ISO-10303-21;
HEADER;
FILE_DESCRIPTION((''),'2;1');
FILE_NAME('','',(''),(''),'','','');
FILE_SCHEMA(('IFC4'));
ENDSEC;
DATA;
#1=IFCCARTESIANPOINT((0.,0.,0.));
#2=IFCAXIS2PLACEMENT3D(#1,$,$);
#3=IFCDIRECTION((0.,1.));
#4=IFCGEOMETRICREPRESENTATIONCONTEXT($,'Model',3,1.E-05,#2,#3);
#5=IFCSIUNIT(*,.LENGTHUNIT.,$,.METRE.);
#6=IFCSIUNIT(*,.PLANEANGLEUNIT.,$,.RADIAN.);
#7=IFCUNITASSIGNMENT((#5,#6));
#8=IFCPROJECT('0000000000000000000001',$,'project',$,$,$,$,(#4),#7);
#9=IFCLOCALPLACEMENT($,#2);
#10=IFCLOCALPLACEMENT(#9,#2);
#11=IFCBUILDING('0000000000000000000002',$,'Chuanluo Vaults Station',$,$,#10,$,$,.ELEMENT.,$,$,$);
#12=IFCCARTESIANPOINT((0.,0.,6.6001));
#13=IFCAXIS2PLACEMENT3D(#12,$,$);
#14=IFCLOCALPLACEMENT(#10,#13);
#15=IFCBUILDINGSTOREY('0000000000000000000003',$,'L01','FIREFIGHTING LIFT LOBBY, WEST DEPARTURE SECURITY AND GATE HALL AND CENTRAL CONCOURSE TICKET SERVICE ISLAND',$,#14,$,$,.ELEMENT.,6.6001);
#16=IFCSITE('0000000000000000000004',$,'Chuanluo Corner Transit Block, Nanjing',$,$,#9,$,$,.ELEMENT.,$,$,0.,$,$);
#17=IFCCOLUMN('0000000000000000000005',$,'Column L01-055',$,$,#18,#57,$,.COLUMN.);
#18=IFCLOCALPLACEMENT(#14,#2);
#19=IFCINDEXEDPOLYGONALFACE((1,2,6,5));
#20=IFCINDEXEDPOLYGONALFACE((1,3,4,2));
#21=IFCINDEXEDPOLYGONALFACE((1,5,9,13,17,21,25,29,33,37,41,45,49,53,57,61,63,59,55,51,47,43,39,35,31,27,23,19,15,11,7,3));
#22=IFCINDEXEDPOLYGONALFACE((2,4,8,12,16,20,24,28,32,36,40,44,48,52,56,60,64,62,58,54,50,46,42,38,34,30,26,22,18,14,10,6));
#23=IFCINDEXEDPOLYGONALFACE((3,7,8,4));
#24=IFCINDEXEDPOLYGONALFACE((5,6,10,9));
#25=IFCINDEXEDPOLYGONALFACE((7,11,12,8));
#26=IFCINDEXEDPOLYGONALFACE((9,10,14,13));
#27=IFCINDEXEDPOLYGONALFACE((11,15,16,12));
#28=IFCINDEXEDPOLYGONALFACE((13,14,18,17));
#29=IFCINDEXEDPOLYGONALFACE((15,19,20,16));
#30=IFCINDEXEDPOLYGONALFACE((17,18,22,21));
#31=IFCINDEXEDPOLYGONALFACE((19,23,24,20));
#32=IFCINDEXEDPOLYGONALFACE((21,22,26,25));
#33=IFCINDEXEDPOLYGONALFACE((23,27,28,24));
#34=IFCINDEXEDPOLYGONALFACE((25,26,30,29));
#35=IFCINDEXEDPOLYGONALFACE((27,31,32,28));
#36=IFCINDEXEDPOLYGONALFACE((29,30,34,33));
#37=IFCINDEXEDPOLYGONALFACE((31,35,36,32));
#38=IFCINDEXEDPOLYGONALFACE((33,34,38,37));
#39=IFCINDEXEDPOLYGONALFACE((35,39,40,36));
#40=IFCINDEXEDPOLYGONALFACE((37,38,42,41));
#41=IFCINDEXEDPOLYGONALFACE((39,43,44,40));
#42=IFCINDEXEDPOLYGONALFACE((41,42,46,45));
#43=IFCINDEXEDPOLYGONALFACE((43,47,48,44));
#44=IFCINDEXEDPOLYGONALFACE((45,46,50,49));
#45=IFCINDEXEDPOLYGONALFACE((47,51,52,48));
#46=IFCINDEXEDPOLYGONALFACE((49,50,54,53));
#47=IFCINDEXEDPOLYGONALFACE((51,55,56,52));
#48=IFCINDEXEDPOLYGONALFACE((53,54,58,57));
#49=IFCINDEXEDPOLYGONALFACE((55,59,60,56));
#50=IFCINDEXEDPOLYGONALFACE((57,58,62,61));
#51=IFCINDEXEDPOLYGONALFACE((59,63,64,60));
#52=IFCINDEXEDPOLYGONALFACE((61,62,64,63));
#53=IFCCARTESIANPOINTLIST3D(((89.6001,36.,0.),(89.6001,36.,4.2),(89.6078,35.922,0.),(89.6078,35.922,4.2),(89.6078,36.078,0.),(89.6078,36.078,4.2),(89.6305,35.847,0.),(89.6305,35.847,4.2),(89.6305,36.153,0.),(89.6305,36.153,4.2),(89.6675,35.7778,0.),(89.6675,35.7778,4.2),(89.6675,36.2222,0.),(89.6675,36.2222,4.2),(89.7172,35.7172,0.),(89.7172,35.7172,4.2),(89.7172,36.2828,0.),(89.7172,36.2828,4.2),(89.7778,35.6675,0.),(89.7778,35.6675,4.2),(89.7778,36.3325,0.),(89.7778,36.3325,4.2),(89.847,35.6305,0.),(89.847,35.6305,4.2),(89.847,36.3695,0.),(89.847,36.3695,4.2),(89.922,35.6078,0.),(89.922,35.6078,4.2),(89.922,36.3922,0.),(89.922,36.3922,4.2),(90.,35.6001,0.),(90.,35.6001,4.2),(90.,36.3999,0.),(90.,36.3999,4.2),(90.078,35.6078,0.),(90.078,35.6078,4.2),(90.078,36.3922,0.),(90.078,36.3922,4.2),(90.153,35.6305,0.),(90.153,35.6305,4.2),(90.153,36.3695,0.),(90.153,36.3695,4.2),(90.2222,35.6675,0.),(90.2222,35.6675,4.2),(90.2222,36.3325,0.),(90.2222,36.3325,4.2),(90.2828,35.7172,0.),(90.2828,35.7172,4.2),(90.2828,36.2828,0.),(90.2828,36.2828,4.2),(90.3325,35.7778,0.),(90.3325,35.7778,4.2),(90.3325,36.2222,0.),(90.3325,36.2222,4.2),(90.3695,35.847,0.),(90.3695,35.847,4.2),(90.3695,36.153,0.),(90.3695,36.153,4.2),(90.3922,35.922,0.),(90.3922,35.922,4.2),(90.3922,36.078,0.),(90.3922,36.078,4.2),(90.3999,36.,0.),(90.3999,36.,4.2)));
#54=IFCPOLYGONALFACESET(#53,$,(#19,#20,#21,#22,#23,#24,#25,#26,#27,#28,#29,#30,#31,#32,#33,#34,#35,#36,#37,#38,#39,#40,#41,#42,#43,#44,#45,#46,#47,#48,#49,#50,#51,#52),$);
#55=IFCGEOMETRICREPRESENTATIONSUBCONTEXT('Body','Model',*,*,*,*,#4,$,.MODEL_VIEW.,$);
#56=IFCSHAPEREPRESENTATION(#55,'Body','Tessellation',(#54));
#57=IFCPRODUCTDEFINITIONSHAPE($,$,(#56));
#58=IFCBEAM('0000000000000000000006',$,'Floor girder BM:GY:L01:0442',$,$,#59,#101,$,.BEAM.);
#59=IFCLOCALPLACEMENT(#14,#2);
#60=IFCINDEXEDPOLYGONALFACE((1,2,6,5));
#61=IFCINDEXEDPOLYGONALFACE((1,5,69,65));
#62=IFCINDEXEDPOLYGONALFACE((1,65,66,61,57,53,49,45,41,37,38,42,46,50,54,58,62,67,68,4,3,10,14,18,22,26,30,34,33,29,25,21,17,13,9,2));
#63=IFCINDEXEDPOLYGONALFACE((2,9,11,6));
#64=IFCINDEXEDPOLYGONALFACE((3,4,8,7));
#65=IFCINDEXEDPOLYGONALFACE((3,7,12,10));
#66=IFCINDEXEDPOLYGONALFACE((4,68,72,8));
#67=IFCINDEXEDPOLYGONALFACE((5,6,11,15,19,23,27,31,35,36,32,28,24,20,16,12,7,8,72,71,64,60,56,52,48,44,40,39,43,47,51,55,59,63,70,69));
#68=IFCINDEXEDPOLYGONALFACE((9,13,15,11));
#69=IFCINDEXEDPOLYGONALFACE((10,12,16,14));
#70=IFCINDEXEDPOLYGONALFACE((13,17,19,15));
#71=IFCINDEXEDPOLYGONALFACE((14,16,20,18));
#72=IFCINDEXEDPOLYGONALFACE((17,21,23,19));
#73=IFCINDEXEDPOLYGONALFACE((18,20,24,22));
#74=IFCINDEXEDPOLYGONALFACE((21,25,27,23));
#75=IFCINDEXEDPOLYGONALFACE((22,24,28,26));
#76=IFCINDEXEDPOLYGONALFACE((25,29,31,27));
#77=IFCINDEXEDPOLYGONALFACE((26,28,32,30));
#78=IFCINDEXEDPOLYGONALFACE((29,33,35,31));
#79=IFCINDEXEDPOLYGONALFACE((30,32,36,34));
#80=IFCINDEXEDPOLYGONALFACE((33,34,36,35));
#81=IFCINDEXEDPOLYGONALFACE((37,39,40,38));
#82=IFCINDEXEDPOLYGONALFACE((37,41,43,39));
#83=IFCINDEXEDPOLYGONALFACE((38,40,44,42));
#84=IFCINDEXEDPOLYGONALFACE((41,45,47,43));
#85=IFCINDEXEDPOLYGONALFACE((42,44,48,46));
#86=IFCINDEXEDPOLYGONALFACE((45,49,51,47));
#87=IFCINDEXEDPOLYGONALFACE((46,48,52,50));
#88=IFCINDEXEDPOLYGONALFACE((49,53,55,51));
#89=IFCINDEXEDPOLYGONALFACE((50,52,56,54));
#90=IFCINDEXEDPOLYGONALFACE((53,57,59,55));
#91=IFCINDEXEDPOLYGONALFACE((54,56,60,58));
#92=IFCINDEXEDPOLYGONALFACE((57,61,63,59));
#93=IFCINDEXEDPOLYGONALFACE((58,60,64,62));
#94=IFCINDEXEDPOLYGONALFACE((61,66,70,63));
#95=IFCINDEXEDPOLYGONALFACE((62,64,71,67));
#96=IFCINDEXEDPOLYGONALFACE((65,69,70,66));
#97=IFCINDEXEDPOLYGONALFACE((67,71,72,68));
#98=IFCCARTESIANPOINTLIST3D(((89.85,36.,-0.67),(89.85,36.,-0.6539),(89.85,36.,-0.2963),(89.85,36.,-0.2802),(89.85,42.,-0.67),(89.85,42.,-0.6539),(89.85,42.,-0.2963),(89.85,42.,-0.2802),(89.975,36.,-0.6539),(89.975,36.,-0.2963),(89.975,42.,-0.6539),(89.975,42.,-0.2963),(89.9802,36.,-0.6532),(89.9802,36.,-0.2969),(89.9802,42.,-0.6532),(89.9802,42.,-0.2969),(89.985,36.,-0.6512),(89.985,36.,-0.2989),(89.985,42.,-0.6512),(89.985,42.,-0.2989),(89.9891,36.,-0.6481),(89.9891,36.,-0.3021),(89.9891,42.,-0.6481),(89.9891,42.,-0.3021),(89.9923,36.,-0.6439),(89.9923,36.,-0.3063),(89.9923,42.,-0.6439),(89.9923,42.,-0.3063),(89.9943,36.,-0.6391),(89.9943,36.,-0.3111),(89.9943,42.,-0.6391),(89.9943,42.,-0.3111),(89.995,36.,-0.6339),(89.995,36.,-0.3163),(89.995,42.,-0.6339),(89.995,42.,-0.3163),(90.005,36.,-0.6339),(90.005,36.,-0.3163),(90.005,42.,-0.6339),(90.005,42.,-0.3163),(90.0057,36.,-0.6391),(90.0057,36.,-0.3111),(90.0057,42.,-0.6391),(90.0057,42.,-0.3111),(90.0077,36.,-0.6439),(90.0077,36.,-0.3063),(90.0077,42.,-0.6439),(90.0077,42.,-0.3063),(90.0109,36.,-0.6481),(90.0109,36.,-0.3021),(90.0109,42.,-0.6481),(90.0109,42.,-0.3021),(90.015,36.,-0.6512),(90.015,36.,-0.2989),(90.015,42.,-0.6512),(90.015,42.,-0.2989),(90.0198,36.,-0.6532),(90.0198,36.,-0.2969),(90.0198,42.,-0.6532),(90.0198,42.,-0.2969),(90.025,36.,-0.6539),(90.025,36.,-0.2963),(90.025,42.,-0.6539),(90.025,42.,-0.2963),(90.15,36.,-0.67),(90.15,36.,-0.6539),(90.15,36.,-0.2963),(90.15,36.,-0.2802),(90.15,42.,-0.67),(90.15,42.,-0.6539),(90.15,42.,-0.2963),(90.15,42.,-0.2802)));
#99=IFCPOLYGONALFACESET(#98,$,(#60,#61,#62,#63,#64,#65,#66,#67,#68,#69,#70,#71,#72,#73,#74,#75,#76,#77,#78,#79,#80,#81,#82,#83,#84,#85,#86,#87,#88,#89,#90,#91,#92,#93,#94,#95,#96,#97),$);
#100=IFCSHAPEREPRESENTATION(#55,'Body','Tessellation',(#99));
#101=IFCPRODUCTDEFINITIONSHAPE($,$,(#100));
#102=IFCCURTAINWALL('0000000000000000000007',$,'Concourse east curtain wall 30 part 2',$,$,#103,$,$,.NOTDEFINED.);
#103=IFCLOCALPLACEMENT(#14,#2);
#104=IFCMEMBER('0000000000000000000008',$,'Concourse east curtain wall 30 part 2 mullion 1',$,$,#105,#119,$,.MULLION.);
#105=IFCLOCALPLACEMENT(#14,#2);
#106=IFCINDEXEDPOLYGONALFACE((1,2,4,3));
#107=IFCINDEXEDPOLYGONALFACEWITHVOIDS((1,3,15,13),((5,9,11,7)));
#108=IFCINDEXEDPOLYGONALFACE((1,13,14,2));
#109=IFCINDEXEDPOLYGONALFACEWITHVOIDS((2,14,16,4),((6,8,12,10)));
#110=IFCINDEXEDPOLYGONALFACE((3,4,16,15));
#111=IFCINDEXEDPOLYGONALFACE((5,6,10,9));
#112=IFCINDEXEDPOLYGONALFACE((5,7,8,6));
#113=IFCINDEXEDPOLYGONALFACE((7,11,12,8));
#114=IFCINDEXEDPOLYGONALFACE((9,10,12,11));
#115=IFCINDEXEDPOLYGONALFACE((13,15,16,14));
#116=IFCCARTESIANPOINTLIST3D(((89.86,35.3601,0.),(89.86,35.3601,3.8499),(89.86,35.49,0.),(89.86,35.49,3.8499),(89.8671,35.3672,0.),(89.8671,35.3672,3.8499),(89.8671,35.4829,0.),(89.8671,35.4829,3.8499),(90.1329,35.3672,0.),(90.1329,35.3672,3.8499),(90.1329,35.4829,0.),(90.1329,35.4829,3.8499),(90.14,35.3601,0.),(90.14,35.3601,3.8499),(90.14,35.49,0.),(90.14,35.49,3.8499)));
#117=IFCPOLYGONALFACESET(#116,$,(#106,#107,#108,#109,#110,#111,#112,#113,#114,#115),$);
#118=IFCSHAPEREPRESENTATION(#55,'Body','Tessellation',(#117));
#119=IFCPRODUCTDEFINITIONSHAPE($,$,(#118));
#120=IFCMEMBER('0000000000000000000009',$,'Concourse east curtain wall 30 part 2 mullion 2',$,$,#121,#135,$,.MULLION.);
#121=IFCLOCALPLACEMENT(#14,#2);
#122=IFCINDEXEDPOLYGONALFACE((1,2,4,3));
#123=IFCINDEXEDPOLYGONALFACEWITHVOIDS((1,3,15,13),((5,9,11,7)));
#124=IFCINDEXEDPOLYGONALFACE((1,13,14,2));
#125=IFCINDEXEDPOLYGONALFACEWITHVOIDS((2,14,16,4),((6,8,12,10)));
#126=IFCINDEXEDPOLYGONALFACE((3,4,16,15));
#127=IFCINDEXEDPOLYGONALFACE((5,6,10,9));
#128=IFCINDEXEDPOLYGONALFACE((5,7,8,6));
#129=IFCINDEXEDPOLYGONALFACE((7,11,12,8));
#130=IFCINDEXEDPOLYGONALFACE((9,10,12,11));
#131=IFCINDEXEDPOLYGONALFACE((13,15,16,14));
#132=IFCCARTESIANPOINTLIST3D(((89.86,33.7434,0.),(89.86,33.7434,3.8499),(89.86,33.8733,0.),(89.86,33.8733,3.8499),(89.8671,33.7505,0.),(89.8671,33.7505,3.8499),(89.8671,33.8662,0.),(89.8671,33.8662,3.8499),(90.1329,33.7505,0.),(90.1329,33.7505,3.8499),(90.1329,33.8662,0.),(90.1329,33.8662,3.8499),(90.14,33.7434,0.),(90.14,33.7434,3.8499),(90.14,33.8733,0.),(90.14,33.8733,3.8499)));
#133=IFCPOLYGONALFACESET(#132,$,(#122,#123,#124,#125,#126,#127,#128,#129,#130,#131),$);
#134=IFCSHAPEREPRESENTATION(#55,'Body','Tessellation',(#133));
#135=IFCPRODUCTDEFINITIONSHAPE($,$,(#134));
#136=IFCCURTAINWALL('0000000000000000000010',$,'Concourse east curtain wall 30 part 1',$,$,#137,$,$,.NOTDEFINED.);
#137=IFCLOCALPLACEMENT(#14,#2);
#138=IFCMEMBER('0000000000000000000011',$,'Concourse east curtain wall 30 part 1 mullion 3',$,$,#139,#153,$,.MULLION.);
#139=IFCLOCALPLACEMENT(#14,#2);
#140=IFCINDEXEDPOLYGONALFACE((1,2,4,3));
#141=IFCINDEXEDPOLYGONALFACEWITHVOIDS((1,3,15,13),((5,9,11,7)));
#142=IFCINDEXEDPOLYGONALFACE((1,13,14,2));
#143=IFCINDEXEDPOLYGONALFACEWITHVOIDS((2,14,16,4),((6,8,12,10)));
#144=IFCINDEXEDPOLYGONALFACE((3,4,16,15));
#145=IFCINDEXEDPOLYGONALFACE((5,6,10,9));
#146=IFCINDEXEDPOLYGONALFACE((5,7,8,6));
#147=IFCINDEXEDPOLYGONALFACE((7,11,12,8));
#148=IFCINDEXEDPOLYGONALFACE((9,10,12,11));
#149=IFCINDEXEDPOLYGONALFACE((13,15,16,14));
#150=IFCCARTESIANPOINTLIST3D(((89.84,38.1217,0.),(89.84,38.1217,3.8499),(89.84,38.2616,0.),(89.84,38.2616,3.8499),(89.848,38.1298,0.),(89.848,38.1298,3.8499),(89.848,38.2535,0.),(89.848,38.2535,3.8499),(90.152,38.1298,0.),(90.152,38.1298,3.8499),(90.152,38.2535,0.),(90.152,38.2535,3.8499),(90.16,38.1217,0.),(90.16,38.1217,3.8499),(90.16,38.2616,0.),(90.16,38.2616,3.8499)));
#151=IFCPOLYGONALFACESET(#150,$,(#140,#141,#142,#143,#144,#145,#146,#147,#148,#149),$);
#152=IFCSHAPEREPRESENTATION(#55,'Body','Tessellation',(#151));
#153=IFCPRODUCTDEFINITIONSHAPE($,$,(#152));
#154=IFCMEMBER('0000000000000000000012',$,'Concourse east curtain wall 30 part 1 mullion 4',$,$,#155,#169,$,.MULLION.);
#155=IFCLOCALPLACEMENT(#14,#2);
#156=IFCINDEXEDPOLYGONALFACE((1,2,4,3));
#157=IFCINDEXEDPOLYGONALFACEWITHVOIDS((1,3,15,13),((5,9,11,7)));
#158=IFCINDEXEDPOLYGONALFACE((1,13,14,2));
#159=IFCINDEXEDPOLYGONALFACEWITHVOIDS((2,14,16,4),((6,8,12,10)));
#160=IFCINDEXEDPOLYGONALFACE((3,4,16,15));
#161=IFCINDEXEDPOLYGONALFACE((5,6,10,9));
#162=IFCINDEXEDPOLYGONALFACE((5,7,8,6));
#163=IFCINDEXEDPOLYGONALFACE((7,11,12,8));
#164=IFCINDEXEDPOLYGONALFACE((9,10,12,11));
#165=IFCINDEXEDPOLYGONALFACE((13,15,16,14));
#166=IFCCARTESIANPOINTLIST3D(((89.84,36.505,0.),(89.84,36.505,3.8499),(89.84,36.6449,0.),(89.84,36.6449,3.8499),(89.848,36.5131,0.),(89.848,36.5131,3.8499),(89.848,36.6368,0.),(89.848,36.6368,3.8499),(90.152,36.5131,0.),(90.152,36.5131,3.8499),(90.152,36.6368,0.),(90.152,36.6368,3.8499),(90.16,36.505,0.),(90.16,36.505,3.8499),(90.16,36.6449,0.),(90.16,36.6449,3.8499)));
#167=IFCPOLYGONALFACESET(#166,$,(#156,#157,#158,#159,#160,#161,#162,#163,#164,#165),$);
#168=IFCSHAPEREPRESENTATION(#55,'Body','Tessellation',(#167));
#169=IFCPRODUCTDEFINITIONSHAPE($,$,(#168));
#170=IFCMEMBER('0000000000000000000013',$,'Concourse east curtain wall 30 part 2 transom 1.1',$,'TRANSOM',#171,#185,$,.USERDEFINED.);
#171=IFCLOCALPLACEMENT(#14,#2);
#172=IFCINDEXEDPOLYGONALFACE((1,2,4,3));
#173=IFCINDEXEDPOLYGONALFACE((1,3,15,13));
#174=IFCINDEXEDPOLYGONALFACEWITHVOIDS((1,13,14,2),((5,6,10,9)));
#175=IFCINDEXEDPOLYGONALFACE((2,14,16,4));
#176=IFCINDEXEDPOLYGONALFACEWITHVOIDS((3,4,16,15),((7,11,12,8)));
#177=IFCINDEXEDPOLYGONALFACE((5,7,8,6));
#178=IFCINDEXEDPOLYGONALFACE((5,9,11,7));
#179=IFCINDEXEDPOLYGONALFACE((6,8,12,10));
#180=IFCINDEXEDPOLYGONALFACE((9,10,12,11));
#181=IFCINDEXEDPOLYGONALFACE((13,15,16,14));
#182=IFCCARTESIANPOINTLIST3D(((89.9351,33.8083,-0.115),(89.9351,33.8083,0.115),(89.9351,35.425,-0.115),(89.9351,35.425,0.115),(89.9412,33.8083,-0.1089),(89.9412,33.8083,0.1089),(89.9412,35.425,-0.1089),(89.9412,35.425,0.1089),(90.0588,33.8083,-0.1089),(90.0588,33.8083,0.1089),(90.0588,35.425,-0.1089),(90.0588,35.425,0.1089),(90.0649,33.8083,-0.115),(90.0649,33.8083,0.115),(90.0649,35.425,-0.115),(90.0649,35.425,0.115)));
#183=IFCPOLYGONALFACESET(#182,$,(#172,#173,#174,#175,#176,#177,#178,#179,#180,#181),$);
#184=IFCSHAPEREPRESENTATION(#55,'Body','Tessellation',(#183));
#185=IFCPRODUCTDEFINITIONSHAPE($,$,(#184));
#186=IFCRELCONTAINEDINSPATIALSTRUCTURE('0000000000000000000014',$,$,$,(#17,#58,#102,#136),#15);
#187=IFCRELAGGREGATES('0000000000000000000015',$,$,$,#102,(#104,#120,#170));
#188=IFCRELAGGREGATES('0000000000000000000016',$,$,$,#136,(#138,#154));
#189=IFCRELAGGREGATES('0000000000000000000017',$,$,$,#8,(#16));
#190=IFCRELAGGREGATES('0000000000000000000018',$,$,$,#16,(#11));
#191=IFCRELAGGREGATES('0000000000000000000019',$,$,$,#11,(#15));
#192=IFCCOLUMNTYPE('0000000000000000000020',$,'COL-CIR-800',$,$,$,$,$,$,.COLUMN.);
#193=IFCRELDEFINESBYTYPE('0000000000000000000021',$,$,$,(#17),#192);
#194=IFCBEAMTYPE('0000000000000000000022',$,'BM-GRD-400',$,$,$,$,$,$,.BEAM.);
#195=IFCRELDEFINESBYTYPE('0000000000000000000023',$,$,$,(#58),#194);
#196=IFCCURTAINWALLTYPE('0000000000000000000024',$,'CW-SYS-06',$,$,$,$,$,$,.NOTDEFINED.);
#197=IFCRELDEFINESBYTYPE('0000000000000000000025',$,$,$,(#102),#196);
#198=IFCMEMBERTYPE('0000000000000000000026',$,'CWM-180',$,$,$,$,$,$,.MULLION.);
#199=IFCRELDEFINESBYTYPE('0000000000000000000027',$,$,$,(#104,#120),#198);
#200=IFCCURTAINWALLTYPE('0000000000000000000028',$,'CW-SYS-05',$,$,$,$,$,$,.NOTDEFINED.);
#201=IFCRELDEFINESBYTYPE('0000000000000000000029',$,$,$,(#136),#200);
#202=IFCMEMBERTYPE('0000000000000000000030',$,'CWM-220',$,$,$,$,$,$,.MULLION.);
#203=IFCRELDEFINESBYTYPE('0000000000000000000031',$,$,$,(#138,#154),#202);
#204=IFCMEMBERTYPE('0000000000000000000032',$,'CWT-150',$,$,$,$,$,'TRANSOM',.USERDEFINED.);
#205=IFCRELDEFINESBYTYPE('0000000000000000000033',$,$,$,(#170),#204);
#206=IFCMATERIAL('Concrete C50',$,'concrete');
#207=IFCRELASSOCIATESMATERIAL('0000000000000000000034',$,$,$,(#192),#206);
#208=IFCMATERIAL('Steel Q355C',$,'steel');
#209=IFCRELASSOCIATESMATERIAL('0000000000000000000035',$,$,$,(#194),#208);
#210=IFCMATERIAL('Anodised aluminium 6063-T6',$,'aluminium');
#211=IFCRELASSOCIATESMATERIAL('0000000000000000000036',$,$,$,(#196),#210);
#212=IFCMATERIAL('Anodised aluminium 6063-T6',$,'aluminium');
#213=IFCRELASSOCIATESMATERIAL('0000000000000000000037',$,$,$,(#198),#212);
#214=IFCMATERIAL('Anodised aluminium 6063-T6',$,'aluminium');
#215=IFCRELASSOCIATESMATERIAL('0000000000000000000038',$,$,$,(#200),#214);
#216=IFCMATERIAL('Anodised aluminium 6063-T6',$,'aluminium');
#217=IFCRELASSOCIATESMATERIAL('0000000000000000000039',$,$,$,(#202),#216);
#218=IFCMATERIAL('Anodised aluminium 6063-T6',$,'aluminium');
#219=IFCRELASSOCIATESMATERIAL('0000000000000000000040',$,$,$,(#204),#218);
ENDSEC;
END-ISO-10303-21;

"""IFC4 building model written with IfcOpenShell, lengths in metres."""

from ifc_helpers import new_model, si_unit, direction, frame, origin, origin_2d, place, context, subcontext, project, spatial, hollow_rectangle, circle, i_section, extrude, material, material_profile, profile_set, type_object, element, aggregate, save


model = new_model("IFC4")

# Units and contexts
model_context = context("Model", 3, precision=1e-05, world=origin(), true_north=direction((0.0, 1.0)))
body_context = subcontext(model_context, "Body", "Model", "MODEL_VIEW")
ifc_project = project(units=[si_unit("LENGTHUNIT", "METRE"), si_unit("PLANEANGLEUNIT", "RADIAN")], contexts=[model_context])

# Site, building, storey
site_placement = place(None, origin())
site = spatial("IfcSite", under=ifc_project, at=site_placement, Name="Chuanluo Corner Transit Block, Nanjing", CompositionType="ELEMENT", RefElevation=0.0)
building_placement = place(site_placement, origin())
building = spatial("IfcBuilding", under=site, at=building_placement, Name="Chuanluo Vaults Station", CompositionType="ELEMENT")
storey_placement = place(building_placement, frame((0.0, 0.0, 6.6001)))
storey = spatial("IfcBuildingStorey", under=building, at=storey_placement, Name="L01", Description="FIREFIGHTING LIFT LOBBY, WEST DEPARTURE SECURITY AND GATE HALL AND CENTRAL CONCOURSE TICKET SERVICE ISLAND", CompositionType="ELEMENT", Elevation=6.6001)

# Column
ifc_material_1 = material(Name="Concrete C50", Category="concrete")
ifc_material_profile_1 = material_profile(ifc_material_1, circle(Radius=0.3999, at=origin_2d()))
ifc_profile_set_1 = profile_set([ifc_material_profile_1], Name="Concrete C50")
column_type = type_object("IfcColumnType", Name="COL-CIR-800", PredefinedType="COLUMN", material=ifc_profile_set_1)
column_placement = place(storey_placement, frame((90.0, 36.0, 0.0), z_axis=(0.0, 0.0, 1.0), x_axis=(1.0, 0.0, 0.0)))
element("IfcColumn", 1, at=column_placement, inside=storey, type_object=column_type, Name="Column L01-055", PredefinedType="COLUMN", context=body_context, shape_type="SweptSolid", body=[
    extrude(circle(Radius=0.3999, at=origin_2d()), origin(), (0.0, 0.0, 1.0), 4.2),
])

# Beam
ifc_material_2 = material(Name="Steel Q355C", Category="steel")
ifc_material_profile_2 = material_profile(ifc_material_2, i_section(OverallWidth=0.3, OverallDepth=0.3899, WebThickness=0.01, FlangeThickness=0.0161, FilletRadius=0.02, at=origin_2d()))
ifc_profile_set_2 = profile_set([ifc_material_profile_2], Name="Steel Q355C")
beam_type = type_object("IfcBeamType", Name="BM-GRD-400", PredefinedType="BEAM", material=ifc_profile_set_2)
beam_placement = place(storey_placement, frame((90.0, 36.0, -0.4751), z_axis=(0.0, 1.0, 0.0), x_axis=(-1.0, 0.0, 0.0)))
element("IfcBeam", 2, at=beam_placement, inside=storey, type_object=beam_type, Name="Floor girder BM:GY:L01:0442", PredefinedType="BEAM", context=body_context, shape_type="SweptSolid", body=[
    extrude(i_section(OverallWidth=0.3, OverallDepth=0.3899, WebThickness=0.01, FlangeThickness=0.0161, FilletRadius=0.02, at=origin_2d()), origin(), (0.0, 0.0, 1.0), 6.0),
])

# Curtain walls, members
ifc_material_3 = material(Name="Anodised aluminium 6063-T6", Category="aluminium")
curtain_wall_type_1 = type_object("IfcCurtainWallType", Name="CW-SYS-06", PredefinedType="NOTDEFINED", material=ifc_material_3)
curtain_wall_1_placement = place(storey_placement, origin())
curtain_wall_1 = element("IfcCurtainWall", 3, at=curtain_wall_1_placement, inside=storey, type_object=curtain_wall_type_1, Name="Concourse east curtain wall 30 part 2", PredefinedType="NOTDEFINED")
ifc_material_4 = material(Name="Anodised aluminium 6063-T6", Category="aluminium")
ifc_material_profile_3 = material_profile(ifc_material_4, hollow_rectangle(XDim=0.1299, YDim=0.28, WallThickness=0.0071, at=origin_2d()))
ifc_profile_set_3 = profile_set([ifc_material_profile_3], Name="Anodised aluminium 6063-T6")
member_type_1 = type_object("IfcMemberType", Name="CWM-180", PredefinedType="MULLION", material=ifc_profile_set_3)
member_1_placement = place(storey_placement, frame((90.0, 35.425, 0.0), z_axis=(0.0, 0.0, 1.0), x_axis=(0.0, -1.0, 0.0)))
member_1 = element("IfcMember", 4, at=member_1_placement, type_object=member_type_1, Name="Concourse east curtain wall 30 part 2 mullion 1", PredefinedType="MULLION", context=body_context, shape_type="SweptSolid", body=[
    extrude(hollow_rectangle(XDim=0.1299, YDim=0.28, WallThickness=0.0071, at=origin_2d()), origin(), (0.0, 0.0, 1.0), 3.8499),
])
member_2_placement = place(storey_placement, frame((90.0, 33.8083, 0.0), z_axis=(0.0, 0.0, 1.0), x_axis=(0.0, -1.0, 0.0)))
member_2 = element("IfcMember", 5, at=member_2_placement, type_object=member_type_1, Name="Concourse east curtain wall 30 part 2 mullion 2", PredefinedType="MULLION", context=body_context, shape_type="SweptSolid", body=[
    extrude(hollow_rectangle(XDim=0.1299, YDim=0.28, WallThickness=0.0071, at=origin_2d()), origin(), (0.0, 0.0, 1.0), 3.8499),
])
ifc_material_5 = material(Name="Anodised aluminium 6063-T6", Category="aluminium")
curtain_wall_type_2 = type_object("IfcCurtainWallType", Name="CW-SYS-05", PredefinedType="NOTDEFINED", material=ifc_material_5)
curtain_wall_2_placement = place(storey_placement, origin())
curtain_wall_2 = element("IfcCurtainWall", 6, at=curtain_wall_2_placement, inside=storey, type_object=curtain_wall_type_2, Name="Concourse east curtain wall 30 part 1", PredefinedType="NOTDEFINED")
ifc_material_6 = material(Name="Anodised aluminium 6063-T6", Category="aluminium")
ifc_material_profile_4 = material_profile(ifc_material_6, hollow_rectangle(XDim=0.1399, YDim=0.3201, WallThickness=0.0081, at=origin_2d()))
ifc_profile_set_4 = profile_set([ifc_material_profile_4], Name="Anodised aluminium 6063-T6")
member_type_2 = type_object("IfcMemberType", Name="CWM-220", PredefinedType="MULLION", material=ifc_profile_set_4)
member_3_placement = place(storey_placement, frame((90.0, 38.1917, 0.0), z_axis=(0.0, 0.0, 1.0), x_axis=(0.0, -1.0, 0.0)))
member_3 = element("IfcMember", 7, at=member_3_placement, type_object=member_type_2, Name="Concourse east curtain wall 30 part 1 mullion 3", PredefinedType="MULLION", context=body_context, shape_type="SweptSolid", body=[
    extrude(hollow_rectangle(XDim=0.1399, YDim=0.3201, WallThickness=0.0081, at=origin_2d()), origin(), (0.0, 0.0, 1.0), 3.8499),
])
member_4_placement = place(storey_placement, frame((90.0, 36.575, 0.0), z_axis=(0.0, 0.0, 1.0), x_axis=(0.0, -1.0, 0.0)))
member_4 = element("IfcMember", 8, at=member_4_placement, type_object=member_type_2, Name="Concourse east curtain wall 30 part 1 mullion 4", PredefinedType="MULLION", context=body_context, shape_type="SweptSolid", body=[
    extrude(hollow_rectangle(XDim=0.1399, YDim=0.3201, WallThickness=0.0081, at=origin_2d()), origin(), (0.0, 0.0, 1.0), 3.8499),
])

# Member
ifc_material_7 = material(Name="Anodised aluminium 6063-T6", Category="aluminium")
ifc_material_profile_5 = material_profile(ifc_material_7, hollow_rectangle(XDim=0.1299, YDim=0.23, WallThickness=0.0061, at=origin_2d()))
ifc_profile_set_5 = profile_set([ifc_material_profile_5], Name="Anodised aluminium 6063-T6")
member_type_3 = type_object("IfcMemberType", Name="CWT-150", ElementType="TRANSOM", PredefinedType="USERDEFINED", material=ifc_profile_set_5)
member_5_placement = place(storey_placement, frame((90.0, 35.425, 0.0), z_axis=(0.0, -1.0, 0.0), x_axis=(1.0, 0.0, 0.0)))
member_5 = element("IfcMember", 9, at=member_5_placement, type_object=member_type_3, Name="Concourse east curtain wall 30 part 2 transom 1.1", ObjectType="TRANSOM", PredefinedType="USERDEFINED", context=body_context, shape_type="SweptSolid", body=[
    extrude(hollow_rectangle(XDim=0.1299, YDim=0.23, WallThickness=0.0061, at=origin_2d()), origin(), (0.0, 0.0, 1.0), 1.6167),
])

aggregate(curtain_wall_1, [member_1, member_2, member_5])
aggregate(curtain_wall_2, [member_3, member_4])

save(model, "model.ifc")
